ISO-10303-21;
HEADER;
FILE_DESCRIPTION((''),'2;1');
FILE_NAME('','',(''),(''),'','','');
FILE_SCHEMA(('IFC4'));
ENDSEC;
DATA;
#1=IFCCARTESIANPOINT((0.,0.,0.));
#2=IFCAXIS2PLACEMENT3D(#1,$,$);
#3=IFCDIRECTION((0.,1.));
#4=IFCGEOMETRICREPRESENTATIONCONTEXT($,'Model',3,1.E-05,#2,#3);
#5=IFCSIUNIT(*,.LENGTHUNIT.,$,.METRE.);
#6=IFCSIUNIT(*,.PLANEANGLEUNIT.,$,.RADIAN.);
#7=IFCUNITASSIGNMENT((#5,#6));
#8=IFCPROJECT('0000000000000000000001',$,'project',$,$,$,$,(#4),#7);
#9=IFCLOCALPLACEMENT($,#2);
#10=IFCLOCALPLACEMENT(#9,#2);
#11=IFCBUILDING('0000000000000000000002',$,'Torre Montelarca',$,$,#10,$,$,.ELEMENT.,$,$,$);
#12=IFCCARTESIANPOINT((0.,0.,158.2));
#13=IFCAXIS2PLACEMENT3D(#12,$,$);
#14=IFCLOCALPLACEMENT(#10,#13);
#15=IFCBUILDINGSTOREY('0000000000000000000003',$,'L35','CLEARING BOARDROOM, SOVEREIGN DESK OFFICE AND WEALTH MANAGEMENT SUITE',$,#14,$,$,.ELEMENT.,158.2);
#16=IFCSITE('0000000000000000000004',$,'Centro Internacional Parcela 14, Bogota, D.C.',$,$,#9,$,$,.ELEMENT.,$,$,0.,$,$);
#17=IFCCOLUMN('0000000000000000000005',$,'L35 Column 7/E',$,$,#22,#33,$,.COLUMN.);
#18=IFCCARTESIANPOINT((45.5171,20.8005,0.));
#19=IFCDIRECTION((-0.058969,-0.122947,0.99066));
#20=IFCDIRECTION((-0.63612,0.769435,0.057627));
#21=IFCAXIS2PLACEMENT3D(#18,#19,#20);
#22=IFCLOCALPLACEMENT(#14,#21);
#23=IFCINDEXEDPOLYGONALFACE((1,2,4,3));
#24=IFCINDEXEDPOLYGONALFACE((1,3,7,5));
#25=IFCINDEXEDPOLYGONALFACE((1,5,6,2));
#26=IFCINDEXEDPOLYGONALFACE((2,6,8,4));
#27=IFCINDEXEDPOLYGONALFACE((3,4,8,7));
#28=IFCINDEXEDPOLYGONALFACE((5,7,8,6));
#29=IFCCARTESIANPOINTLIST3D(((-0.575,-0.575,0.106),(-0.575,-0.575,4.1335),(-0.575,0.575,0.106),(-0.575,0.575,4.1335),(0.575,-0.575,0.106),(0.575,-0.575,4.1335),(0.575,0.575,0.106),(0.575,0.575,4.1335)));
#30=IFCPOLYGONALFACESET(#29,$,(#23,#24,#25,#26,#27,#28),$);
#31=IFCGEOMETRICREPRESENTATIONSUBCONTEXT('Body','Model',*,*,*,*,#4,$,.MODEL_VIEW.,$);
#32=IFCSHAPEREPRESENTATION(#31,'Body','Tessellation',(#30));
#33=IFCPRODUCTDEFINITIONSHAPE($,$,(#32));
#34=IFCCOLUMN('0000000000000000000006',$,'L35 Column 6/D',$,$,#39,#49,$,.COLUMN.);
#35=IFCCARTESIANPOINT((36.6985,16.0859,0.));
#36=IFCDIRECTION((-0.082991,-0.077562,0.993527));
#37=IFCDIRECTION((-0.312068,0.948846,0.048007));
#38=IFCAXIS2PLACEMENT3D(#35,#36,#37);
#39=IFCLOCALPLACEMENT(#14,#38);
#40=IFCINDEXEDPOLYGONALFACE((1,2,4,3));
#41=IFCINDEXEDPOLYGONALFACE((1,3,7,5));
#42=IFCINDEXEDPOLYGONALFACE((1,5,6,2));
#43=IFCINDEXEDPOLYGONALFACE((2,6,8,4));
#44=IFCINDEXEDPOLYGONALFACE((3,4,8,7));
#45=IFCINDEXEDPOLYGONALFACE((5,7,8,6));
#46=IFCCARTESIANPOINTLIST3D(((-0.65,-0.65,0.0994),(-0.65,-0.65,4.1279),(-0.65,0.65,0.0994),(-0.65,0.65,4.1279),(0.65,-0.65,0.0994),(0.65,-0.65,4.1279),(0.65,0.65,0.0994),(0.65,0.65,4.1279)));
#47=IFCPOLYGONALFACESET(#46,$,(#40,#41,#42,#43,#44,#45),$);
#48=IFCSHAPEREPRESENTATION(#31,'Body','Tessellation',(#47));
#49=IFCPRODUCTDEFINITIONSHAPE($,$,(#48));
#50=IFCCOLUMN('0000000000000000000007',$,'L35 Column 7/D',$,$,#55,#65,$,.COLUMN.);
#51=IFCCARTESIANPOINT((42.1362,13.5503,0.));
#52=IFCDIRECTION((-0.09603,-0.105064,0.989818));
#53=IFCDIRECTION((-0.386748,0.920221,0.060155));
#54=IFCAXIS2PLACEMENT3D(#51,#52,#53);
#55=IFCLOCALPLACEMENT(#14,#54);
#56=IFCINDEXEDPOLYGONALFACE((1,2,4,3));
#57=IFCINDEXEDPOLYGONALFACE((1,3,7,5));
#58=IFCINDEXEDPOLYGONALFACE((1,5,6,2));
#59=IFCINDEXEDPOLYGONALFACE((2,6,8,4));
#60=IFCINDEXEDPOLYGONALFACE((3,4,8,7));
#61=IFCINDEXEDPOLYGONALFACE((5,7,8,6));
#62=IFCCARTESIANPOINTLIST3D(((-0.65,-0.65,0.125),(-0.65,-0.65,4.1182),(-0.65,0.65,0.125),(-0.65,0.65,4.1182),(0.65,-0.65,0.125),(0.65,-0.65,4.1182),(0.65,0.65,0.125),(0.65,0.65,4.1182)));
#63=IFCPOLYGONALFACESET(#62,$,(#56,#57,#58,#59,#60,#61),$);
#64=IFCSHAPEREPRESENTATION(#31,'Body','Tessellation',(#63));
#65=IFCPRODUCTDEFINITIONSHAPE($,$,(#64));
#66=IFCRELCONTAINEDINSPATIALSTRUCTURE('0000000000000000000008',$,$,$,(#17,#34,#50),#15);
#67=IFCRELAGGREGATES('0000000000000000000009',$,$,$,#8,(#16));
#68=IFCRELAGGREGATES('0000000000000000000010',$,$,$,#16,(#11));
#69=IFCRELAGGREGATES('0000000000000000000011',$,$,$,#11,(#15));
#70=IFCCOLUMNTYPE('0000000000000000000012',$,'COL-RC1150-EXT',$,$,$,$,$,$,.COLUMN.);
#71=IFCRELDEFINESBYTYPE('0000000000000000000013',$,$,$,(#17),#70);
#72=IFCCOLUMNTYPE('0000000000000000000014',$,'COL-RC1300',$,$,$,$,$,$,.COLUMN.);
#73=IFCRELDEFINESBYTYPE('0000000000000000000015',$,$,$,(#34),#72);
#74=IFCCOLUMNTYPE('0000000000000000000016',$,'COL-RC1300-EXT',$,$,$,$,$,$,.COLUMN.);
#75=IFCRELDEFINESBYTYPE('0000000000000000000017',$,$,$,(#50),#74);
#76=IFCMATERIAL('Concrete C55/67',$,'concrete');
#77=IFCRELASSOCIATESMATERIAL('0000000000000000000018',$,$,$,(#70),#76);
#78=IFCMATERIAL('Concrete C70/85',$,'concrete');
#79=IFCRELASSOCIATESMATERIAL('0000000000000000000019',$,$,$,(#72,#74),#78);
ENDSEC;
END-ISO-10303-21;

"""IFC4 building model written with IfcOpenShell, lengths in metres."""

from ifc_helpers import new_model, si_unit, direction, frame, origin, origin_2d, place, context, subcontext, project, spatial, rectangle, extrude, clip, halfspace, material, material_profile, profile_set, type_object, element, save


model = new_model("IFC4")

# Units and contexts
model_context = context("Model", 3, precision=1e-05, world=origin(), true_north=direction((0.0, 1.0)))
body_context = subcontext(model_context, "Body", "Model", "MODEL_VIEW")
ifc_project = project(units=[si_unit("LENGTHUNIT", "METRE"), si_unit("PLANEANGLEUNIT", "RADIAN")], contexts=[model_context])

# Site, building, storey
site_placement = place(None, origin())
site = spatial("IfcSite", under=ifc_project, at=site_placement, Name="Centro Internacional Parcela 14, Bogota, D.C.", CompositionType="ELEMENT", RefElevation=0.0)
building_placement = place(site_placement, origin())
building = spatial("IfcBuilding", under=site, at=building_placement, Name="Torre Montelarca", CompositionType="ELEMENT")
storey_placement = place(building_placement, frame((0.0, 0.0, 158.2)))
storey = spatial("IfcBuildingStorey", under=building, at=storey_placement, Name="L35", Description="CLEARING BOARDROOM, SOVEREIGN DESK OFFICE AND WEALTH MANAGEMENT SUITE", CompositionType="ELEMENT", Elevation=158.2)

# Columns
ifc_material_1 = material(Name="Concrete C55/67", Category="concrete")
ifc_material_profile_1 = material_profile(ifc_material_1, rectangle(XDim=1.1499, YDim=1.1499, at=origin_2d()), Name="RC1150X1150", Category="concrete")
ifc_profile_set_1 = profile_set([ifc_material_profile_1], Name="Concrete C55/67")
column_type_1 = type_object("IfcColumnType", Name="COL-RC1150-EXT", PredefinedType="COLUMN", material=ifc_profile_set_1)
column_1_placement = place(storey_placement, frame((45.5171, 20.8005, 0.0), z_axis=(-0.058969, -0.122947, 0.99066), x_axis=(-0.63612, 0.769435, 0.057627)))
element("IfcColumn", 1, at=column_1_placement, inside=storey, type_object=column_type_1, Name="L35 Column 7/E", PredefinedType="COLUMN", context=body_context, shape_type="Clipping", body=[
    clip(clip(extrude(rectangle(XDim=1.1499, YDim=1.1499, at=origin_2d()), origin(), (0.0, 0.0, 1.0), 4.2395), halfspace(frame((0.0, 0.0, 0.106), z_axis=(0.0, 0.0, -1.0), x_axis=(1.0, 0.0, 0.0)), False)), halfspace(frame((0.0, 0.0, 4.1335), z_axis=(0.0, 0.0, 1.0), x_axis=(1.0, 0.0, 0.0)), False)),
])
ifc_material_2 = material(Name="Concrete C70/85", Category="concrete")
ifc_material_profile_2 = material_profile(ifc_material_2, rectangle(XDim=1.3, YDim=1.3, at=origin_2d()), Name="RC1300X1300", Category="concrete")
ifc_profile_set_2 = profile_set([ifc_material_profile_2], Name="Concrete C70/85")
column_type_2 = type_object("IfcColumnType", Name="COL-RC1300", PredefinedType="COLUMN", material=ifc_profile_set_2)
column_2_placement = place(storey_placement, frame((36.6985, 16.0859, 0.0), z_axis=(-0.082991, -0.077562, 0.993527), x_axis=(-0.312068, 0.948846, 0.048007)))
element("IfcColumn", 2, at=column_2_placement, inside=storey, type_object=column_type_2, Name="L35 Column 6/D", PredefinedType="COLUMN", context=body_context, shape_type="Clipping", body=[
    clip(clip(extrude(rectangle(XDim=1.3, YDim=1.3, at=origin_2d()), origin(), (0.0, 0.0, 1.0), 4.2273), halfspace(frame((0.0, 0.0, 0.0994), z_axis=(0.0, 0.0, -1.0), x_axis=(1.0, 0.0, 0.0)), False)), halfspace(frame((0.0, 0.0, 4.1279), z_axis=(0.0, 0.0, 1.0), x_axis=(1.0, 0.0, 0.0)), False)),
])
ifc_material_profile_3 = material_profile(ifc_material_2, rectangle(XDim=1.3, YDim=1.3, at=origin_2d()), Name="RC1300X1300", Category="concrete")
ifc_profile_set_3 = profile_set([ifc_material_profile_3], Name="Concrete C70/85")
column_type_3 = type_object("IfcColumnType", Name="COL-RC1300-EXT", PredefinedType="COLUMN", material=ifc_profile_set_3)
column_3_placement = place(storey_placement, frame((42.1362, 13.5503, 0.0), z_axis=(-0.09603, -0.105064, 0.989818), x_axis=(-0.386748, 0.920221, 0.060155)))
element("IfcColumn", 3, at=column_3_placement, inside=storey, type_object=column_type_3, Name="L35 Column 7/D", PredefinedType="COLUMN", context=body_context, shape_type="Clipping", body=[
    clip(clip(extrude(rectangle(XDim=1.3, YDim=1.3, at=origin_2d()), origin(), (0.0, 0.0, 1.0), 4.2432), halfspace(frame((0.0, 0.0, 0.125), z_axis=(0.0, 0.0, -1.0), x_axis=(1.0, 0.0, 0.0)), False)), halfspace(frame((0.0, 0.0, 4.1182), z_axis=(0.0, 0.0, 1.0), x_axis=(1.0, 0.0, 0.0)), False)),
])

save(model, "model.ifc")
